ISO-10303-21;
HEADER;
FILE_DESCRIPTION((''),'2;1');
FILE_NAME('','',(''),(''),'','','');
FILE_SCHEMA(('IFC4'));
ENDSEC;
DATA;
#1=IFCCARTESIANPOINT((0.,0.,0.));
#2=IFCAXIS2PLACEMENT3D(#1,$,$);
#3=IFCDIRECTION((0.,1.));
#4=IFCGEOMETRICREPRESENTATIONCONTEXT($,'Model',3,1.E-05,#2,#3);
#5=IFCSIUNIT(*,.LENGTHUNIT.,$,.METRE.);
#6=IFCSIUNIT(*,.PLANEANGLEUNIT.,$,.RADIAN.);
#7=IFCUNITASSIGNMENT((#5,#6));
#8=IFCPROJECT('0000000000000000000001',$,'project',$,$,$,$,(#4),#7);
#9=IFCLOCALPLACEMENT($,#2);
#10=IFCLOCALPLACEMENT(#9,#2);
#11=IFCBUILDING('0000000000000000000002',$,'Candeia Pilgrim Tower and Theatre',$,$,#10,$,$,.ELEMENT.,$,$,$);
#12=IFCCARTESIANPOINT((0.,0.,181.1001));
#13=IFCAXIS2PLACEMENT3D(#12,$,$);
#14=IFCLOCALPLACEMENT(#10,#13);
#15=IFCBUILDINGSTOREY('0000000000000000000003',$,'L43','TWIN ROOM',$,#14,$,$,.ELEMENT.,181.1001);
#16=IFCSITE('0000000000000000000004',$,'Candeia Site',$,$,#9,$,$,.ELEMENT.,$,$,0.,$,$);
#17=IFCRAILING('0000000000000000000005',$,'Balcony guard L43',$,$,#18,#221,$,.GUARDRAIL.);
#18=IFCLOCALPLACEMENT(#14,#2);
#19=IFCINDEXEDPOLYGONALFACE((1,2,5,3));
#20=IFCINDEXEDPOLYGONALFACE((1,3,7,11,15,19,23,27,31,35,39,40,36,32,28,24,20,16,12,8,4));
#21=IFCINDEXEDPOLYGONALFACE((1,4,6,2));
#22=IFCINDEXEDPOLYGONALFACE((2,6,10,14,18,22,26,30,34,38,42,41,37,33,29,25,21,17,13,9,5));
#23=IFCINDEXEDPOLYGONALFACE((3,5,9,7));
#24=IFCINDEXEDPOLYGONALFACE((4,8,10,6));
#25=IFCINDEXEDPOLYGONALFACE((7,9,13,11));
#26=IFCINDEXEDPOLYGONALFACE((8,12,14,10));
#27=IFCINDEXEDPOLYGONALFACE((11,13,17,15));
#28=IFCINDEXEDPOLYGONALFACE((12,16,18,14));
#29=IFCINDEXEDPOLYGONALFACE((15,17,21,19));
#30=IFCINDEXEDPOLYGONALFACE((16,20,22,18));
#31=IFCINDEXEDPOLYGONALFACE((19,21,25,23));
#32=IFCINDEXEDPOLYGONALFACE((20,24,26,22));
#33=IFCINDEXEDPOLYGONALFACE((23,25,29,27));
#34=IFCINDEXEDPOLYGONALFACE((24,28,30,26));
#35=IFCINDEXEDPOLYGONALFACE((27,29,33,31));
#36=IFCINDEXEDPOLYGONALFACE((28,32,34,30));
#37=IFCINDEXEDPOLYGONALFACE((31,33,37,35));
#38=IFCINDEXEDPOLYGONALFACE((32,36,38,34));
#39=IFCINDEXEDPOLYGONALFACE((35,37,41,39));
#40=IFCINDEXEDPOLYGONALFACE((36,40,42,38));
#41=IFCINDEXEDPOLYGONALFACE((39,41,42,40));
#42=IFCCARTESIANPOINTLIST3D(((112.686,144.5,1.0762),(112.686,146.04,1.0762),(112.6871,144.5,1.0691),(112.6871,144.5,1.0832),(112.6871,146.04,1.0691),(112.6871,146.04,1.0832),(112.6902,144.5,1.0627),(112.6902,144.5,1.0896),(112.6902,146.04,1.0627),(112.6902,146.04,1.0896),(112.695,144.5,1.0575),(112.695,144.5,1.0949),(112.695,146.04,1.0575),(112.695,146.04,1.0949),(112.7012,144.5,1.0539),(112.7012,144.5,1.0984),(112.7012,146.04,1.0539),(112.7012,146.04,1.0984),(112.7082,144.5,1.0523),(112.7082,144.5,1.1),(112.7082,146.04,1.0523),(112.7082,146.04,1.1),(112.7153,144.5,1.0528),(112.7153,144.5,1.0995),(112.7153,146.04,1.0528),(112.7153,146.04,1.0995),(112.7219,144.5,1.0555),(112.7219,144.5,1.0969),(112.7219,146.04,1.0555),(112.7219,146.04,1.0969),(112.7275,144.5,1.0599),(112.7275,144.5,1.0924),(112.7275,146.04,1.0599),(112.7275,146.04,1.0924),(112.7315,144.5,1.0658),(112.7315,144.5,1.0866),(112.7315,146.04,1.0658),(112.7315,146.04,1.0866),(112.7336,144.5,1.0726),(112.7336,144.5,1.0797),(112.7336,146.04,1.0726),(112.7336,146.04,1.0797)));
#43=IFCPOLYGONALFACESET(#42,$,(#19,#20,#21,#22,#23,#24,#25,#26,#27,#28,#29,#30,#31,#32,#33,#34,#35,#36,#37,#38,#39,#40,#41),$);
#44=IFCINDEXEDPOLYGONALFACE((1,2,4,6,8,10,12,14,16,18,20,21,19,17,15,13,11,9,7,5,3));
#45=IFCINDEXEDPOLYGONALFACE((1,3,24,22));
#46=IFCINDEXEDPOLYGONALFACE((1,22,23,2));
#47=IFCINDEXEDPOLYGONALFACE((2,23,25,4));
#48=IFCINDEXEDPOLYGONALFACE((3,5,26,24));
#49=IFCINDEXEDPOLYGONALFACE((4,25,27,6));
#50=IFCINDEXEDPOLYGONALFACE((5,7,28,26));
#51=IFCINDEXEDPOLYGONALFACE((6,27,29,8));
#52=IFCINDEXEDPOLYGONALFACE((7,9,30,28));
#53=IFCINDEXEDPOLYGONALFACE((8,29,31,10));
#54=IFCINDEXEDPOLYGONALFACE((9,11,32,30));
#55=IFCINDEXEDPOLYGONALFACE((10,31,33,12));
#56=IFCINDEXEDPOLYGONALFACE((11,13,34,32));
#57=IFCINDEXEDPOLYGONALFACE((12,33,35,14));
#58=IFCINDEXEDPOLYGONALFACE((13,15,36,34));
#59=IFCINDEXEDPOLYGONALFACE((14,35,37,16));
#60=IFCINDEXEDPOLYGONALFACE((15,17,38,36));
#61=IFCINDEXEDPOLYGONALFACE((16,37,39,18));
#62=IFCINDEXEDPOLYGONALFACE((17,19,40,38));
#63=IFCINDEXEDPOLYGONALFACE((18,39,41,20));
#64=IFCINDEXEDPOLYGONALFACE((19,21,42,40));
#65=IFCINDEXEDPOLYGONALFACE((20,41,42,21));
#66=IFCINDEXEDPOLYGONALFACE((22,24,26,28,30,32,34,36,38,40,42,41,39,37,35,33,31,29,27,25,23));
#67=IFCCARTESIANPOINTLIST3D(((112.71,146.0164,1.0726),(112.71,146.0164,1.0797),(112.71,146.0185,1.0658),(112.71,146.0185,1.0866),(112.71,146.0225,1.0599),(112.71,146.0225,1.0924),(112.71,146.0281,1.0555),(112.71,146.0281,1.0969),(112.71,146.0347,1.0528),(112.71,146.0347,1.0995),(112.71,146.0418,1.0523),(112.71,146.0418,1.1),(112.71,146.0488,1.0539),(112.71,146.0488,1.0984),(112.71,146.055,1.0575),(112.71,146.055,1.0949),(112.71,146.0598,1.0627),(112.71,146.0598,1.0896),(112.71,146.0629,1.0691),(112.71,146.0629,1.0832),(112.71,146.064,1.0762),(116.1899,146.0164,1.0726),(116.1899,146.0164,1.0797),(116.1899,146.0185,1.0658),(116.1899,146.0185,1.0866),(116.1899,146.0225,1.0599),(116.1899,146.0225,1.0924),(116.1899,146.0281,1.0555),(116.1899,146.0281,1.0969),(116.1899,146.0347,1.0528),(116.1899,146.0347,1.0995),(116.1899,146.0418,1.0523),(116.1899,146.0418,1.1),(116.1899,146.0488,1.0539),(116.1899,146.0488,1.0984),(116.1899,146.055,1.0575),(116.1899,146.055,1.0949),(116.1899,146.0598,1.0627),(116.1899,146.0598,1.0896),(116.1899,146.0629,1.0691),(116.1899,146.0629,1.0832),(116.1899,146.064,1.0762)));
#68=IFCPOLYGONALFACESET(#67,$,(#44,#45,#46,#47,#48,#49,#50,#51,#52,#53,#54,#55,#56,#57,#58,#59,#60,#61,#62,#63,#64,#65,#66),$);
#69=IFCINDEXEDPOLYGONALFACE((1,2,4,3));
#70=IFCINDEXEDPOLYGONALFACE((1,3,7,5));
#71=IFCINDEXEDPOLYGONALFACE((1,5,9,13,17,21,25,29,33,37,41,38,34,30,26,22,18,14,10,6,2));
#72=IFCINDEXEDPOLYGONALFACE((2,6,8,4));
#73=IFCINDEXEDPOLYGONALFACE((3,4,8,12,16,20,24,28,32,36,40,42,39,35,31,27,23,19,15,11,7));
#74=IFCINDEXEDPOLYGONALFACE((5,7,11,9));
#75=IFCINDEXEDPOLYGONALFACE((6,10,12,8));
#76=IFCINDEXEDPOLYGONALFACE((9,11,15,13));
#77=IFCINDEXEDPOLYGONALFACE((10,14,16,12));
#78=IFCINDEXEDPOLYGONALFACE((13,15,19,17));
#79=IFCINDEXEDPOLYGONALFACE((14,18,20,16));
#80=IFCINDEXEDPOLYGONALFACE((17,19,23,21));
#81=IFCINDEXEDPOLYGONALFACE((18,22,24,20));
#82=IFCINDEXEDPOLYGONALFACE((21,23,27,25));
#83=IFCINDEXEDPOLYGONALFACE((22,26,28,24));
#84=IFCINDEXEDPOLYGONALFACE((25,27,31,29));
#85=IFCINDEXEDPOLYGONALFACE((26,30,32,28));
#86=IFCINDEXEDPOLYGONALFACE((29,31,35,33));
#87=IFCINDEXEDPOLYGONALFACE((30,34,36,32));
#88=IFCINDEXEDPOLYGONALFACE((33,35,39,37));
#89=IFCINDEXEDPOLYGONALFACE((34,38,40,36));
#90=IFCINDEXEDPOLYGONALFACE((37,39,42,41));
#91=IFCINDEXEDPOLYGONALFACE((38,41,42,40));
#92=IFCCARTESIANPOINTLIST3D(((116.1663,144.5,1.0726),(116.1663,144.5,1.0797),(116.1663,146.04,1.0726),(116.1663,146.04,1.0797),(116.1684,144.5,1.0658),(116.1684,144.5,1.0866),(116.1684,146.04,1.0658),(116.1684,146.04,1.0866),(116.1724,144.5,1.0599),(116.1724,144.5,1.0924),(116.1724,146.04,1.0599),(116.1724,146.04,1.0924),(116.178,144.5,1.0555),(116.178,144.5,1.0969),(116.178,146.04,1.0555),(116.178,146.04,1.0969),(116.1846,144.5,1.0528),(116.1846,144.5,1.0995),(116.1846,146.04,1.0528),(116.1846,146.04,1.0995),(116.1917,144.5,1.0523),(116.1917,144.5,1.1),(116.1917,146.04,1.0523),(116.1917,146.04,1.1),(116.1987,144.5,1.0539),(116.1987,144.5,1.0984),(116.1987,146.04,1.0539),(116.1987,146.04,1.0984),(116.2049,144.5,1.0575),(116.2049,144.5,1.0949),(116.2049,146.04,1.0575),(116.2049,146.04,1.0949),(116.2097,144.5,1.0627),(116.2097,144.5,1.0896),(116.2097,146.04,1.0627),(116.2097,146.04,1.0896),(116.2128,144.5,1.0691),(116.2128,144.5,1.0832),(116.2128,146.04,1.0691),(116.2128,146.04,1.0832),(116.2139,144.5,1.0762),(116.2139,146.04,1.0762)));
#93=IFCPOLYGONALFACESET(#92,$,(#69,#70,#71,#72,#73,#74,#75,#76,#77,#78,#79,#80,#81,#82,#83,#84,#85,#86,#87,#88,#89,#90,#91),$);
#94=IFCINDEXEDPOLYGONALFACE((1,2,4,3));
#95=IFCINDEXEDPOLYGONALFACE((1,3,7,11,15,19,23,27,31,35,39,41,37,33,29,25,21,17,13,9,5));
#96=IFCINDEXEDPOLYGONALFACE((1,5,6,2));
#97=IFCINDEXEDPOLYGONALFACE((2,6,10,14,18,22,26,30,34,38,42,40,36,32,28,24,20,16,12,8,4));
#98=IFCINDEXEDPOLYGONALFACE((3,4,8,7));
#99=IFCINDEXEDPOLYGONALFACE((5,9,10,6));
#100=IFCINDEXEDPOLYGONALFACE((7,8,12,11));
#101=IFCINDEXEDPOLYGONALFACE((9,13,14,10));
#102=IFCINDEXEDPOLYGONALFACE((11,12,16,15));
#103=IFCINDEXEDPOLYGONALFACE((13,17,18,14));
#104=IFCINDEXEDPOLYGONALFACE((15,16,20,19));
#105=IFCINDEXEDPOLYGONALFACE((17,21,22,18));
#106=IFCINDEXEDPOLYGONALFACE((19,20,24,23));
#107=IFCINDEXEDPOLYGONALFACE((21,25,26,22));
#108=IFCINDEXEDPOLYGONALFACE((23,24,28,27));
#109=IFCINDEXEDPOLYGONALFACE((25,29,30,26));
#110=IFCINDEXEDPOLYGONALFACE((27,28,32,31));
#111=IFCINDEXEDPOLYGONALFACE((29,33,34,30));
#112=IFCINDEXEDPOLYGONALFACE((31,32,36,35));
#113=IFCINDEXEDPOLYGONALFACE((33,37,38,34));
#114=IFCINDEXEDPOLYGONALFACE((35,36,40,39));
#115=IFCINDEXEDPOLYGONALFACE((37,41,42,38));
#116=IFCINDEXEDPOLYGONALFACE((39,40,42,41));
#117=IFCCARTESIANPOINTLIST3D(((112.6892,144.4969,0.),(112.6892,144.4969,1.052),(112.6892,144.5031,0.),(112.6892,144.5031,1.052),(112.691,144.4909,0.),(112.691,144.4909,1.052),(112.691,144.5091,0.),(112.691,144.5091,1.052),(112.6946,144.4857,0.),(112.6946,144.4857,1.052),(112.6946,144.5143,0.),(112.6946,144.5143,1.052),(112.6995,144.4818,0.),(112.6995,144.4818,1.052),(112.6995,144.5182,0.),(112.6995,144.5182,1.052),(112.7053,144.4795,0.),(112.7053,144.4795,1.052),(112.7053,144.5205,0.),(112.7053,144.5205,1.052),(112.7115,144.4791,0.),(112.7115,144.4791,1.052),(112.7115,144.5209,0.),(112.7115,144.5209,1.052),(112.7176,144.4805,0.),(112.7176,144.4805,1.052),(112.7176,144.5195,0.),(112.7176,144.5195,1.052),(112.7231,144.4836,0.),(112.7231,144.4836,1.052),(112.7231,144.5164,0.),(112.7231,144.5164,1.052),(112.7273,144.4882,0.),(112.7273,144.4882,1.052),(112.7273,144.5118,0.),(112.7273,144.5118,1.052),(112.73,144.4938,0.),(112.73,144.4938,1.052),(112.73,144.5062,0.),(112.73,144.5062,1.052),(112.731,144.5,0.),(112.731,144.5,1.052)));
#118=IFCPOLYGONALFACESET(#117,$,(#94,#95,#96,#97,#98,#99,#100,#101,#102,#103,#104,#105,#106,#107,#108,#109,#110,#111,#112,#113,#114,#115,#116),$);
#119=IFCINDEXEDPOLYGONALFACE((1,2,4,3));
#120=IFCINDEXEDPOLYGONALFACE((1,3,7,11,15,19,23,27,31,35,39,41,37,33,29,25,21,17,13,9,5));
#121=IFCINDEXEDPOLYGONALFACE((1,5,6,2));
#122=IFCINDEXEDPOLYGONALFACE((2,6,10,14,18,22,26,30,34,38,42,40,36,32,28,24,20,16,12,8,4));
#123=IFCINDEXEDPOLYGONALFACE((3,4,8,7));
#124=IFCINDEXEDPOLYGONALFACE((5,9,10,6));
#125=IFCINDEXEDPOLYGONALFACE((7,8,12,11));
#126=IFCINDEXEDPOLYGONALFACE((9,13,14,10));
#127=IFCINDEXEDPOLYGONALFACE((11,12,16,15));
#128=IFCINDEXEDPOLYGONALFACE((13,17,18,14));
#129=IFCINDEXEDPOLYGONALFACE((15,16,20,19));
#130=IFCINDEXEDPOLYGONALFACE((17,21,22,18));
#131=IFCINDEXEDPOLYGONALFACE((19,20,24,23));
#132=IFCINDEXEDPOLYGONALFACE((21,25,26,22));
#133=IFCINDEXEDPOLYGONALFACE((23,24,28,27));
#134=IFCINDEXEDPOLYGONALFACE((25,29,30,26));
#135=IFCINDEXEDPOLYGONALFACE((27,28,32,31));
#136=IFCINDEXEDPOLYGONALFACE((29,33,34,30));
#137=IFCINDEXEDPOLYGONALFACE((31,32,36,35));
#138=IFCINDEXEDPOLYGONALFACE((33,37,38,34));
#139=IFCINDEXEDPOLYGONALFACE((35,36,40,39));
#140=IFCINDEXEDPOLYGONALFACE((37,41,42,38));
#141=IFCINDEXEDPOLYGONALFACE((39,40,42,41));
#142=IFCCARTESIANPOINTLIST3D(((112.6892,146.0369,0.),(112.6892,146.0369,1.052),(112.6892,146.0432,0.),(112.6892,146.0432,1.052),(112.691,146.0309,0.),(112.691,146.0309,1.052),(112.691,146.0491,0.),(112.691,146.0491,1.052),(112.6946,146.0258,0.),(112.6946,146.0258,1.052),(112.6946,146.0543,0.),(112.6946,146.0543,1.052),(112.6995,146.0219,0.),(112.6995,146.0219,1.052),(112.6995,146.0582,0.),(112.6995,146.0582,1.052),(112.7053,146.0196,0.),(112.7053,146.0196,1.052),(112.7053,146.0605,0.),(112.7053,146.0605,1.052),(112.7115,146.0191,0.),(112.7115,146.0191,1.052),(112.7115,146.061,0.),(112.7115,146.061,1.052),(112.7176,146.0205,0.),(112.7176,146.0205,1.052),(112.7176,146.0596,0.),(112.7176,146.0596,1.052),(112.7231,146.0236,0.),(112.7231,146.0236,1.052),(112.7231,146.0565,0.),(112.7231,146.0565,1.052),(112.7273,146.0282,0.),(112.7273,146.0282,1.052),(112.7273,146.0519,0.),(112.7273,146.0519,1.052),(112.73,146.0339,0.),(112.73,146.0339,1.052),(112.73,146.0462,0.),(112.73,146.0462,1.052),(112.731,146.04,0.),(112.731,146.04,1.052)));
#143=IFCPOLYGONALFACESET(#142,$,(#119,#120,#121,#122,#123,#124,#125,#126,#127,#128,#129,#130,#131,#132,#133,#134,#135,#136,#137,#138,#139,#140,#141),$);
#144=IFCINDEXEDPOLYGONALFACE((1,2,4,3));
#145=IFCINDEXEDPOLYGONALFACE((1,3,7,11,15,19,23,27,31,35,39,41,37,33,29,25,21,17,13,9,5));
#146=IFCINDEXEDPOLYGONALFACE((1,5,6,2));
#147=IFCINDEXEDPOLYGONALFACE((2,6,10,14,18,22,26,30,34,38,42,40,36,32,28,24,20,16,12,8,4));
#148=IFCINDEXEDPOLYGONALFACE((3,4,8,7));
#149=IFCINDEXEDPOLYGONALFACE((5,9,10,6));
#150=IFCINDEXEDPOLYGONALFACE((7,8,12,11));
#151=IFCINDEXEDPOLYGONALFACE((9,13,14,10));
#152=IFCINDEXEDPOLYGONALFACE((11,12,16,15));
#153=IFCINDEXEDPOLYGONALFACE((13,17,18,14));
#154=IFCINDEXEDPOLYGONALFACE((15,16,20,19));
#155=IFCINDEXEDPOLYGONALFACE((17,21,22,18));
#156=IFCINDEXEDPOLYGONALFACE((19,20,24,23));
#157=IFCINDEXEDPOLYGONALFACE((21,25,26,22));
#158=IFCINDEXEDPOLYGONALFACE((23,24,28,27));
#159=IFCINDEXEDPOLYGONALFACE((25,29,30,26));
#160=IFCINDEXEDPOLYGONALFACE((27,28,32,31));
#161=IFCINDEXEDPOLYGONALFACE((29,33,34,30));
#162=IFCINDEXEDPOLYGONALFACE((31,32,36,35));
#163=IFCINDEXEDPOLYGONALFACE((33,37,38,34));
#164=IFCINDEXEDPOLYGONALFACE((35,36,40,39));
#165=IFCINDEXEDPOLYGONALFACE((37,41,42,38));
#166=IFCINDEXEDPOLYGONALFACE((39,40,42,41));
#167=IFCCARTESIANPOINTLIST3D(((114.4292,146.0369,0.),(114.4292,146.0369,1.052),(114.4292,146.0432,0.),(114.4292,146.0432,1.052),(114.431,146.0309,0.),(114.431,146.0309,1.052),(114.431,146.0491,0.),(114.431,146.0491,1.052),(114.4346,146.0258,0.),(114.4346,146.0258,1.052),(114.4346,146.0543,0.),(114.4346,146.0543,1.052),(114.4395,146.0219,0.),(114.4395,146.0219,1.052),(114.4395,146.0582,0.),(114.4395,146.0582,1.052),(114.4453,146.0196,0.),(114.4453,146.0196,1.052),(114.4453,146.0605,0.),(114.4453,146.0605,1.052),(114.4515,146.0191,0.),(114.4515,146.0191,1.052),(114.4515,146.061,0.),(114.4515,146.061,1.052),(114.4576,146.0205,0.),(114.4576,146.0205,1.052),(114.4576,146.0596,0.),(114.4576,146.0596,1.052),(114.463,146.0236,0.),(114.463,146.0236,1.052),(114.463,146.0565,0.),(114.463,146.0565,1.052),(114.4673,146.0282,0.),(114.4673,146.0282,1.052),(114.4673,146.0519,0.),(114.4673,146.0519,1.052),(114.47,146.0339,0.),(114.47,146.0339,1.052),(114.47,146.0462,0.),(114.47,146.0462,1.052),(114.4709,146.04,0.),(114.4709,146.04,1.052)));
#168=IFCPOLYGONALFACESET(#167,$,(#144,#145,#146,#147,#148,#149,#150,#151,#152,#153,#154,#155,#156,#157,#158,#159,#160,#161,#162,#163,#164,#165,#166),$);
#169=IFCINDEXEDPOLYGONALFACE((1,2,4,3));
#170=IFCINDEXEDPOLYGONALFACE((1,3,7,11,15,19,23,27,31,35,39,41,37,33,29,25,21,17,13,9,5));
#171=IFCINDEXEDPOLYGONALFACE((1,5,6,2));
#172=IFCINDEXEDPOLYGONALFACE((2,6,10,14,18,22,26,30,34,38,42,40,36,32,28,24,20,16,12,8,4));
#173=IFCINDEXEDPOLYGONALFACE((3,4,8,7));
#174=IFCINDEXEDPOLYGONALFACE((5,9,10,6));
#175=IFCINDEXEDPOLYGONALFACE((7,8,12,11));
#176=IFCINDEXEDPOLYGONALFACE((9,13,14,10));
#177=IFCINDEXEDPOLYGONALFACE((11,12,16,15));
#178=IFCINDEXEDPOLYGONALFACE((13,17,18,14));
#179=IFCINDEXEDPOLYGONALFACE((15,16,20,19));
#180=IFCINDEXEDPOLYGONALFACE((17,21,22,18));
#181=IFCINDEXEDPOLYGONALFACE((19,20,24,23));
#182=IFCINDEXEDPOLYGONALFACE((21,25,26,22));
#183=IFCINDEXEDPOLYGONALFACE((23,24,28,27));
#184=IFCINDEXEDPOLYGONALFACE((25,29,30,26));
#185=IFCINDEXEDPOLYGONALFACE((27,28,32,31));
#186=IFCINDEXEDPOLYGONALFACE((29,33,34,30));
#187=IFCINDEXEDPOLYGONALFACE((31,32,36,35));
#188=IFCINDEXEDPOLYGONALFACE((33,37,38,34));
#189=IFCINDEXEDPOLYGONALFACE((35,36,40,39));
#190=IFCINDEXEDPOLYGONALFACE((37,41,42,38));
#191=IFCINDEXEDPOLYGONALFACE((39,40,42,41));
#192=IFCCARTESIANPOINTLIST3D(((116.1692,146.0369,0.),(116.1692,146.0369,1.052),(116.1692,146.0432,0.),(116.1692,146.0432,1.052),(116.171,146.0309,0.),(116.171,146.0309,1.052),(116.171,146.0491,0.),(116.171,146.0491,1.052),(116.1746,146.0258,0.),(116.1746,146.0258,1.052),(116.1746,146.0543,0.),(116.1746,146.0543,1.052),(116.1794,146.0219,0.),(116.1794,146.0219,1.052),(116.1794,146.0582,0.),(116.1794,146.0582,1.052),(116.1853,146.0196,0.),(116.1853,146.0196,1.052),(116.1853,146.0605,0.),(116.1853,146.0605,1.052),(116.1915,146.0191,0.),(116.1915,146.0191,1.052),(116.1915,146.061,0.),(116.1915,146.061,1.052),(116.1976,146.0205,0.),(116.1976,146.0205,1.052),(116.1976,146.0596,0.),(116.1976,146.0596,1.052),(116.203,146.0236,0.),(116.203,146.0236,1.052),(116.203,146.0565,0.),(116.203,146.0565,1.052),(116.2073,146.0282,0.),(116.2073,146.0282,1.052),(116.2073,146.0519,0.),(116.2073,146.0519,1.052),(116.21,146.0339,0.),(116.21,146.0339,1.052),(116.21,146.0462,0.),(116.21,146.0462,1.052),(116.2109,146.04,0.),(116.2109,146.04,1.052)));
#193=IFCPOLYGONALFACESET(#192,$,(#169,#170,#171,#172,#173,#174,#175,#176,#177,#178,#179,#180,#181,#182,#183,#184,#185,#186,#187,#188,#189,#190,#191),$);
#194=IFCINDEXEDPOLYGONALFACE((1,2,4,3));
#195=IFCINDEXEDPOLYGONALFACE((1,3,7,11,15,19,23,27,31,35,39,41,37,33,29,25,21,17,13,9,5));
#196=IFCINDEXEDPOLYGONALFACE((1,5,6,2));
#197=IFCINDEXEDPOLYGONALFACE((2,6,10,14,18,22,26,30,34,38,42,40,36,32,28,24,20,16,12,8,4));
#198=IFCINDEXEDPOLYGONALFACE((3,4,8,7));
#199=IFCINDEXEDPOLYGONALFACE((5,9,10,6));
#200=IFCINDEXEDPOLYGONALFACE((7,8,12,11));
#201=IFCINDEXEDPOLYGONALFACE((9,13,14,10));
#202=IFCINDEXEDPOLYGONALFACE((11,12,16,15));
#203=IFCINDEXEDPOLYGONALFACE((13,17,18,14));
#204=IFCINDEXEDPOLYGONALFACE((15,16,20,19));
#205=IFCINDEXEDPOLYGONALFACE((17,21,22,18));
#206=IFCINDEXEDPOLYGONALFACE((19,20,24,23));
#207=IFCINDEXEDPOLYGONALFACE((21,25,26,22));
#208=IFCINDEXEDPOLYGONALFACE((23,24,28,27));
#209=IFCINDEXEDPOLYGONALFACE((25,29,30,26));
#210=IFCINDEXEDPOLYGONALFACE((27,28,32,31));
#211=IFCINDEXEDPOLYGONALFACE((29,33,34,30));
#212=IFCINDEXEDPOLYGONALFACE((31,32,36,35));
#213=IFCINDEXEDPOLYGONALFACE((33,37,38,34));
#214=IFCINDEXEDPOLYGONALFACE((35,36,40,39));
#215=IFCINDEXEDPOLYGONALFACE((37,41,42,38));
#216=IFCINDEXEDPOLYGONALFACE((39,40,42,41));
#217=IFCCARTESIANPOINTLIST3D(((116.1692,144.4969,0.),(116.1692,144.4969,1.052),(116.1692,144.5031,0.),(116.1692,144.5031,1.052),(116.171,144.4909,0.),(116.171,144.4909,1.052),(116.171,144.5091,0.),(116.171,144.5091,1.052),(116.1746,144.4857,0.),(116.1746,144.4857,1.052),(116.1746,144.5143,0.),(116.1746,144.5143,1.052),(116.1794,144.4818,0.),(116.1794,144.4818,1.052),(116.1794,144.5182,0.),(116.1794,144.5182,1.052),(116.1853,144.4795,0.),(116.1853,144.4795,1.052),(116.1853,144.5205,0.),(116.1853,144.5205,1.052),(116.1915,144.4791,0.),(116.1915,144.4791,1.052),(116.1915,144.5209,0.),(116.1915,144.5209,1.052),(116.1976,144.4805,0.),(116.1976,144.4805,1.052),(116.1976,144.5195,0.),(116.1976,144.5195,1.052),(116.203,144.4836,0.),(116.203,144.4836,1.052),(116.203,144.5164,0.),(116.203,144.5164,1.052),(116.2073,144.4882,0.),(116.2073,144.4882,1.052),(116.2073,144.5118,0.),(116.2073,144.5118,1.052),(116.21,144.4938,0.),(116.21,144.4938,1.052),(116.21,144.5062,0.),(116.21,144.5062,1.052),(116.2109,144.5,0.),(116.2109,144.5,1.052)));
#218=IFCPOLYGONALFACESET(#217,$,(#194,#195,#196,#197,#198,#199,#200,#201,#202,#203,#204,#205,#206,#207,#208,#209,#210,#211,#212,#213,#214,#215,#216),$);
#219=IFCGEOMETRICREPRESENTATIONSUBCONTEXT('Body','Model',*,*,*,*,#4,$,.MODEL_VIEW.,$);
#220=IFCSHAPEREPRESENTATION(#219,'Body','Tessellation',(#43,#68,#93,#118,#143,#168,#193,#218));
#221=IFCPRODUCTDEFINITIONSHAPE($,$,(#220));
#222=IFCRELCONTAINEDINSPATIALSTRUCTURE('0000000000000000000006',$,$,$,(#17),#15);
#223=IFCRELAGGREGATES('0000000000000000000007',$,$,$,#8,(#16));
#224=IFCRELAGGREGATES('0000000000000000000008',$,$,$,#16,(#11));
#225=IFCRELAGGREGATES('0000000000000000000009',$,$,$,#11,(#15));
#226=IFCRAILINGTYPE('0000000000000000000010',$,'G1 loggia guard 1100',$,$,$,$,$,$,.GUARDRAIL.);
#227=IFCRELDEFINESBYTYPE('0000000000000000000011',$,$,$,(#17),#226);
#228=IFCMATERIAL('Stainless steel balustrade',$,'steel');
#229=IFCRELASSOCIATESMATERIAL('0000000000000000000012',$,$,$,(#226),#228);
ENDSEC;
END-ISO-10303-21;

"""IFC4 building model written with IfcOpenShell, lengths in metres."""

from ifc_helpers import new_model, si_unit, direction, frame, origin, origin_2d, place, context, subcontext, project, spatial, circle, extrude, material, type_object, element, save


model = new_model("IFC4")

# Units and contexts
model_context = context("Model", 3, precision=1e-05, world=origin(), true_north=direction((0.0, 1.0)))
body_context = subcontext(model_context, "Body", "Model", "MODEL_VIEW")
ifc_project = project(units=[si_unit("LENGTHUNIT", "METRE"), si_unit("PLANEANGLEUNIT", "RADIAN")], contexts=[model_context])

# Site, building, storey
site_placement = place(None, origin())
site = spatial("IfcSite", under=ifc_project, at=site_placement, Name="Candeia Site", CompositionType="ELEMENT", RefElevation=0.0)
building_placement = place(site_placement, origin())
building = spatial("IfcBuilding", under=site, at=building_placement, Name="Candeia Pilgrim Tower and Theatre", CompositionType="ELEMENT")
storey_placement = place(building_placement, frame((0.0, 0.0, 181.1001)))
storey = spatial("IfcBuildingStorey", under=building, at=storey_placement, Name="L43", Description="TWIN ROOM", CompositionType="ELEMENT", Elevation=181.1001)

# Railing
ifc_material_1 = material(Name="Stainless steel balustrade", Category="steel")
railing_type = type_object("IfcRailingType", Name="G1 loggia guard 1100", PredefinedType="GUARDRAIL", material=ifc_material_1)
railing_placement = place(storey_placement, frame((112.71, 144.5, 0.0)))
element("IfcRailing", 1, at=railing_placement, inside=storey, type_object=railing_type, Name="Balcony guard L43", PredefinedType="GUARDRAIL", context=body_context, shape_type="SweptSolid", body=[
    extrude(circle(Radius=0.0239, at=origin_2d()), frame((0.0, 0.0, 1.0762), z_axis=(0.0, 1.0, 0.0), x_axis=(-1.0, 0.0, 0.0)), (0.0, 0.0, 1.0), 1.54),
    extrude(circle(Radius=0.0239, at=origin_2d()), frame((0.0, 1.54, 1.0762), z_axis=(1.0, 0.0, 0.0), x_axis=(0.0, 1.0, 0.0)), (0.0, 0.0, 1.0), 3.48),
    extrude(circle(Radius=0.0239, at=origin_2d()), frame((3.48, 1.54, 1.0762), z_axis=(0.0, -1.0, 0.0), x_axis=(1.0, 0.0, 0.0)), (0.0, 0.0, 1.0), 1.54),
    extrude(circle(Radius=0.021, at=origin_2d()), origin(), (0.0, 0.0, 1.0), 1.052),
    extrude(circle(Radius=0.021, at=origin_2d()), frame((0.0, 1.54, 0.0)), (0.0, 0.0, 1.0), 1.052),
    extrude(circle(Radius=0.021, at=origin_2d()), frame((1.74, 1.54, 0.0)), (0.0, 0.0, 1.0), 1.052),
    extrude(circle(Radius=0.021, at=origin_2d()), frame((3.48, 1.54, 0.0)), (0.0, 0.0, 1.0), 1.052),
    extrude(circle(Radius=0.021, at=origin_2d()), frame((3.48, 0.0, 0.0)), (0.0, 0.0, 1.0), 1.052),
])

save(model, "model.ifc")
